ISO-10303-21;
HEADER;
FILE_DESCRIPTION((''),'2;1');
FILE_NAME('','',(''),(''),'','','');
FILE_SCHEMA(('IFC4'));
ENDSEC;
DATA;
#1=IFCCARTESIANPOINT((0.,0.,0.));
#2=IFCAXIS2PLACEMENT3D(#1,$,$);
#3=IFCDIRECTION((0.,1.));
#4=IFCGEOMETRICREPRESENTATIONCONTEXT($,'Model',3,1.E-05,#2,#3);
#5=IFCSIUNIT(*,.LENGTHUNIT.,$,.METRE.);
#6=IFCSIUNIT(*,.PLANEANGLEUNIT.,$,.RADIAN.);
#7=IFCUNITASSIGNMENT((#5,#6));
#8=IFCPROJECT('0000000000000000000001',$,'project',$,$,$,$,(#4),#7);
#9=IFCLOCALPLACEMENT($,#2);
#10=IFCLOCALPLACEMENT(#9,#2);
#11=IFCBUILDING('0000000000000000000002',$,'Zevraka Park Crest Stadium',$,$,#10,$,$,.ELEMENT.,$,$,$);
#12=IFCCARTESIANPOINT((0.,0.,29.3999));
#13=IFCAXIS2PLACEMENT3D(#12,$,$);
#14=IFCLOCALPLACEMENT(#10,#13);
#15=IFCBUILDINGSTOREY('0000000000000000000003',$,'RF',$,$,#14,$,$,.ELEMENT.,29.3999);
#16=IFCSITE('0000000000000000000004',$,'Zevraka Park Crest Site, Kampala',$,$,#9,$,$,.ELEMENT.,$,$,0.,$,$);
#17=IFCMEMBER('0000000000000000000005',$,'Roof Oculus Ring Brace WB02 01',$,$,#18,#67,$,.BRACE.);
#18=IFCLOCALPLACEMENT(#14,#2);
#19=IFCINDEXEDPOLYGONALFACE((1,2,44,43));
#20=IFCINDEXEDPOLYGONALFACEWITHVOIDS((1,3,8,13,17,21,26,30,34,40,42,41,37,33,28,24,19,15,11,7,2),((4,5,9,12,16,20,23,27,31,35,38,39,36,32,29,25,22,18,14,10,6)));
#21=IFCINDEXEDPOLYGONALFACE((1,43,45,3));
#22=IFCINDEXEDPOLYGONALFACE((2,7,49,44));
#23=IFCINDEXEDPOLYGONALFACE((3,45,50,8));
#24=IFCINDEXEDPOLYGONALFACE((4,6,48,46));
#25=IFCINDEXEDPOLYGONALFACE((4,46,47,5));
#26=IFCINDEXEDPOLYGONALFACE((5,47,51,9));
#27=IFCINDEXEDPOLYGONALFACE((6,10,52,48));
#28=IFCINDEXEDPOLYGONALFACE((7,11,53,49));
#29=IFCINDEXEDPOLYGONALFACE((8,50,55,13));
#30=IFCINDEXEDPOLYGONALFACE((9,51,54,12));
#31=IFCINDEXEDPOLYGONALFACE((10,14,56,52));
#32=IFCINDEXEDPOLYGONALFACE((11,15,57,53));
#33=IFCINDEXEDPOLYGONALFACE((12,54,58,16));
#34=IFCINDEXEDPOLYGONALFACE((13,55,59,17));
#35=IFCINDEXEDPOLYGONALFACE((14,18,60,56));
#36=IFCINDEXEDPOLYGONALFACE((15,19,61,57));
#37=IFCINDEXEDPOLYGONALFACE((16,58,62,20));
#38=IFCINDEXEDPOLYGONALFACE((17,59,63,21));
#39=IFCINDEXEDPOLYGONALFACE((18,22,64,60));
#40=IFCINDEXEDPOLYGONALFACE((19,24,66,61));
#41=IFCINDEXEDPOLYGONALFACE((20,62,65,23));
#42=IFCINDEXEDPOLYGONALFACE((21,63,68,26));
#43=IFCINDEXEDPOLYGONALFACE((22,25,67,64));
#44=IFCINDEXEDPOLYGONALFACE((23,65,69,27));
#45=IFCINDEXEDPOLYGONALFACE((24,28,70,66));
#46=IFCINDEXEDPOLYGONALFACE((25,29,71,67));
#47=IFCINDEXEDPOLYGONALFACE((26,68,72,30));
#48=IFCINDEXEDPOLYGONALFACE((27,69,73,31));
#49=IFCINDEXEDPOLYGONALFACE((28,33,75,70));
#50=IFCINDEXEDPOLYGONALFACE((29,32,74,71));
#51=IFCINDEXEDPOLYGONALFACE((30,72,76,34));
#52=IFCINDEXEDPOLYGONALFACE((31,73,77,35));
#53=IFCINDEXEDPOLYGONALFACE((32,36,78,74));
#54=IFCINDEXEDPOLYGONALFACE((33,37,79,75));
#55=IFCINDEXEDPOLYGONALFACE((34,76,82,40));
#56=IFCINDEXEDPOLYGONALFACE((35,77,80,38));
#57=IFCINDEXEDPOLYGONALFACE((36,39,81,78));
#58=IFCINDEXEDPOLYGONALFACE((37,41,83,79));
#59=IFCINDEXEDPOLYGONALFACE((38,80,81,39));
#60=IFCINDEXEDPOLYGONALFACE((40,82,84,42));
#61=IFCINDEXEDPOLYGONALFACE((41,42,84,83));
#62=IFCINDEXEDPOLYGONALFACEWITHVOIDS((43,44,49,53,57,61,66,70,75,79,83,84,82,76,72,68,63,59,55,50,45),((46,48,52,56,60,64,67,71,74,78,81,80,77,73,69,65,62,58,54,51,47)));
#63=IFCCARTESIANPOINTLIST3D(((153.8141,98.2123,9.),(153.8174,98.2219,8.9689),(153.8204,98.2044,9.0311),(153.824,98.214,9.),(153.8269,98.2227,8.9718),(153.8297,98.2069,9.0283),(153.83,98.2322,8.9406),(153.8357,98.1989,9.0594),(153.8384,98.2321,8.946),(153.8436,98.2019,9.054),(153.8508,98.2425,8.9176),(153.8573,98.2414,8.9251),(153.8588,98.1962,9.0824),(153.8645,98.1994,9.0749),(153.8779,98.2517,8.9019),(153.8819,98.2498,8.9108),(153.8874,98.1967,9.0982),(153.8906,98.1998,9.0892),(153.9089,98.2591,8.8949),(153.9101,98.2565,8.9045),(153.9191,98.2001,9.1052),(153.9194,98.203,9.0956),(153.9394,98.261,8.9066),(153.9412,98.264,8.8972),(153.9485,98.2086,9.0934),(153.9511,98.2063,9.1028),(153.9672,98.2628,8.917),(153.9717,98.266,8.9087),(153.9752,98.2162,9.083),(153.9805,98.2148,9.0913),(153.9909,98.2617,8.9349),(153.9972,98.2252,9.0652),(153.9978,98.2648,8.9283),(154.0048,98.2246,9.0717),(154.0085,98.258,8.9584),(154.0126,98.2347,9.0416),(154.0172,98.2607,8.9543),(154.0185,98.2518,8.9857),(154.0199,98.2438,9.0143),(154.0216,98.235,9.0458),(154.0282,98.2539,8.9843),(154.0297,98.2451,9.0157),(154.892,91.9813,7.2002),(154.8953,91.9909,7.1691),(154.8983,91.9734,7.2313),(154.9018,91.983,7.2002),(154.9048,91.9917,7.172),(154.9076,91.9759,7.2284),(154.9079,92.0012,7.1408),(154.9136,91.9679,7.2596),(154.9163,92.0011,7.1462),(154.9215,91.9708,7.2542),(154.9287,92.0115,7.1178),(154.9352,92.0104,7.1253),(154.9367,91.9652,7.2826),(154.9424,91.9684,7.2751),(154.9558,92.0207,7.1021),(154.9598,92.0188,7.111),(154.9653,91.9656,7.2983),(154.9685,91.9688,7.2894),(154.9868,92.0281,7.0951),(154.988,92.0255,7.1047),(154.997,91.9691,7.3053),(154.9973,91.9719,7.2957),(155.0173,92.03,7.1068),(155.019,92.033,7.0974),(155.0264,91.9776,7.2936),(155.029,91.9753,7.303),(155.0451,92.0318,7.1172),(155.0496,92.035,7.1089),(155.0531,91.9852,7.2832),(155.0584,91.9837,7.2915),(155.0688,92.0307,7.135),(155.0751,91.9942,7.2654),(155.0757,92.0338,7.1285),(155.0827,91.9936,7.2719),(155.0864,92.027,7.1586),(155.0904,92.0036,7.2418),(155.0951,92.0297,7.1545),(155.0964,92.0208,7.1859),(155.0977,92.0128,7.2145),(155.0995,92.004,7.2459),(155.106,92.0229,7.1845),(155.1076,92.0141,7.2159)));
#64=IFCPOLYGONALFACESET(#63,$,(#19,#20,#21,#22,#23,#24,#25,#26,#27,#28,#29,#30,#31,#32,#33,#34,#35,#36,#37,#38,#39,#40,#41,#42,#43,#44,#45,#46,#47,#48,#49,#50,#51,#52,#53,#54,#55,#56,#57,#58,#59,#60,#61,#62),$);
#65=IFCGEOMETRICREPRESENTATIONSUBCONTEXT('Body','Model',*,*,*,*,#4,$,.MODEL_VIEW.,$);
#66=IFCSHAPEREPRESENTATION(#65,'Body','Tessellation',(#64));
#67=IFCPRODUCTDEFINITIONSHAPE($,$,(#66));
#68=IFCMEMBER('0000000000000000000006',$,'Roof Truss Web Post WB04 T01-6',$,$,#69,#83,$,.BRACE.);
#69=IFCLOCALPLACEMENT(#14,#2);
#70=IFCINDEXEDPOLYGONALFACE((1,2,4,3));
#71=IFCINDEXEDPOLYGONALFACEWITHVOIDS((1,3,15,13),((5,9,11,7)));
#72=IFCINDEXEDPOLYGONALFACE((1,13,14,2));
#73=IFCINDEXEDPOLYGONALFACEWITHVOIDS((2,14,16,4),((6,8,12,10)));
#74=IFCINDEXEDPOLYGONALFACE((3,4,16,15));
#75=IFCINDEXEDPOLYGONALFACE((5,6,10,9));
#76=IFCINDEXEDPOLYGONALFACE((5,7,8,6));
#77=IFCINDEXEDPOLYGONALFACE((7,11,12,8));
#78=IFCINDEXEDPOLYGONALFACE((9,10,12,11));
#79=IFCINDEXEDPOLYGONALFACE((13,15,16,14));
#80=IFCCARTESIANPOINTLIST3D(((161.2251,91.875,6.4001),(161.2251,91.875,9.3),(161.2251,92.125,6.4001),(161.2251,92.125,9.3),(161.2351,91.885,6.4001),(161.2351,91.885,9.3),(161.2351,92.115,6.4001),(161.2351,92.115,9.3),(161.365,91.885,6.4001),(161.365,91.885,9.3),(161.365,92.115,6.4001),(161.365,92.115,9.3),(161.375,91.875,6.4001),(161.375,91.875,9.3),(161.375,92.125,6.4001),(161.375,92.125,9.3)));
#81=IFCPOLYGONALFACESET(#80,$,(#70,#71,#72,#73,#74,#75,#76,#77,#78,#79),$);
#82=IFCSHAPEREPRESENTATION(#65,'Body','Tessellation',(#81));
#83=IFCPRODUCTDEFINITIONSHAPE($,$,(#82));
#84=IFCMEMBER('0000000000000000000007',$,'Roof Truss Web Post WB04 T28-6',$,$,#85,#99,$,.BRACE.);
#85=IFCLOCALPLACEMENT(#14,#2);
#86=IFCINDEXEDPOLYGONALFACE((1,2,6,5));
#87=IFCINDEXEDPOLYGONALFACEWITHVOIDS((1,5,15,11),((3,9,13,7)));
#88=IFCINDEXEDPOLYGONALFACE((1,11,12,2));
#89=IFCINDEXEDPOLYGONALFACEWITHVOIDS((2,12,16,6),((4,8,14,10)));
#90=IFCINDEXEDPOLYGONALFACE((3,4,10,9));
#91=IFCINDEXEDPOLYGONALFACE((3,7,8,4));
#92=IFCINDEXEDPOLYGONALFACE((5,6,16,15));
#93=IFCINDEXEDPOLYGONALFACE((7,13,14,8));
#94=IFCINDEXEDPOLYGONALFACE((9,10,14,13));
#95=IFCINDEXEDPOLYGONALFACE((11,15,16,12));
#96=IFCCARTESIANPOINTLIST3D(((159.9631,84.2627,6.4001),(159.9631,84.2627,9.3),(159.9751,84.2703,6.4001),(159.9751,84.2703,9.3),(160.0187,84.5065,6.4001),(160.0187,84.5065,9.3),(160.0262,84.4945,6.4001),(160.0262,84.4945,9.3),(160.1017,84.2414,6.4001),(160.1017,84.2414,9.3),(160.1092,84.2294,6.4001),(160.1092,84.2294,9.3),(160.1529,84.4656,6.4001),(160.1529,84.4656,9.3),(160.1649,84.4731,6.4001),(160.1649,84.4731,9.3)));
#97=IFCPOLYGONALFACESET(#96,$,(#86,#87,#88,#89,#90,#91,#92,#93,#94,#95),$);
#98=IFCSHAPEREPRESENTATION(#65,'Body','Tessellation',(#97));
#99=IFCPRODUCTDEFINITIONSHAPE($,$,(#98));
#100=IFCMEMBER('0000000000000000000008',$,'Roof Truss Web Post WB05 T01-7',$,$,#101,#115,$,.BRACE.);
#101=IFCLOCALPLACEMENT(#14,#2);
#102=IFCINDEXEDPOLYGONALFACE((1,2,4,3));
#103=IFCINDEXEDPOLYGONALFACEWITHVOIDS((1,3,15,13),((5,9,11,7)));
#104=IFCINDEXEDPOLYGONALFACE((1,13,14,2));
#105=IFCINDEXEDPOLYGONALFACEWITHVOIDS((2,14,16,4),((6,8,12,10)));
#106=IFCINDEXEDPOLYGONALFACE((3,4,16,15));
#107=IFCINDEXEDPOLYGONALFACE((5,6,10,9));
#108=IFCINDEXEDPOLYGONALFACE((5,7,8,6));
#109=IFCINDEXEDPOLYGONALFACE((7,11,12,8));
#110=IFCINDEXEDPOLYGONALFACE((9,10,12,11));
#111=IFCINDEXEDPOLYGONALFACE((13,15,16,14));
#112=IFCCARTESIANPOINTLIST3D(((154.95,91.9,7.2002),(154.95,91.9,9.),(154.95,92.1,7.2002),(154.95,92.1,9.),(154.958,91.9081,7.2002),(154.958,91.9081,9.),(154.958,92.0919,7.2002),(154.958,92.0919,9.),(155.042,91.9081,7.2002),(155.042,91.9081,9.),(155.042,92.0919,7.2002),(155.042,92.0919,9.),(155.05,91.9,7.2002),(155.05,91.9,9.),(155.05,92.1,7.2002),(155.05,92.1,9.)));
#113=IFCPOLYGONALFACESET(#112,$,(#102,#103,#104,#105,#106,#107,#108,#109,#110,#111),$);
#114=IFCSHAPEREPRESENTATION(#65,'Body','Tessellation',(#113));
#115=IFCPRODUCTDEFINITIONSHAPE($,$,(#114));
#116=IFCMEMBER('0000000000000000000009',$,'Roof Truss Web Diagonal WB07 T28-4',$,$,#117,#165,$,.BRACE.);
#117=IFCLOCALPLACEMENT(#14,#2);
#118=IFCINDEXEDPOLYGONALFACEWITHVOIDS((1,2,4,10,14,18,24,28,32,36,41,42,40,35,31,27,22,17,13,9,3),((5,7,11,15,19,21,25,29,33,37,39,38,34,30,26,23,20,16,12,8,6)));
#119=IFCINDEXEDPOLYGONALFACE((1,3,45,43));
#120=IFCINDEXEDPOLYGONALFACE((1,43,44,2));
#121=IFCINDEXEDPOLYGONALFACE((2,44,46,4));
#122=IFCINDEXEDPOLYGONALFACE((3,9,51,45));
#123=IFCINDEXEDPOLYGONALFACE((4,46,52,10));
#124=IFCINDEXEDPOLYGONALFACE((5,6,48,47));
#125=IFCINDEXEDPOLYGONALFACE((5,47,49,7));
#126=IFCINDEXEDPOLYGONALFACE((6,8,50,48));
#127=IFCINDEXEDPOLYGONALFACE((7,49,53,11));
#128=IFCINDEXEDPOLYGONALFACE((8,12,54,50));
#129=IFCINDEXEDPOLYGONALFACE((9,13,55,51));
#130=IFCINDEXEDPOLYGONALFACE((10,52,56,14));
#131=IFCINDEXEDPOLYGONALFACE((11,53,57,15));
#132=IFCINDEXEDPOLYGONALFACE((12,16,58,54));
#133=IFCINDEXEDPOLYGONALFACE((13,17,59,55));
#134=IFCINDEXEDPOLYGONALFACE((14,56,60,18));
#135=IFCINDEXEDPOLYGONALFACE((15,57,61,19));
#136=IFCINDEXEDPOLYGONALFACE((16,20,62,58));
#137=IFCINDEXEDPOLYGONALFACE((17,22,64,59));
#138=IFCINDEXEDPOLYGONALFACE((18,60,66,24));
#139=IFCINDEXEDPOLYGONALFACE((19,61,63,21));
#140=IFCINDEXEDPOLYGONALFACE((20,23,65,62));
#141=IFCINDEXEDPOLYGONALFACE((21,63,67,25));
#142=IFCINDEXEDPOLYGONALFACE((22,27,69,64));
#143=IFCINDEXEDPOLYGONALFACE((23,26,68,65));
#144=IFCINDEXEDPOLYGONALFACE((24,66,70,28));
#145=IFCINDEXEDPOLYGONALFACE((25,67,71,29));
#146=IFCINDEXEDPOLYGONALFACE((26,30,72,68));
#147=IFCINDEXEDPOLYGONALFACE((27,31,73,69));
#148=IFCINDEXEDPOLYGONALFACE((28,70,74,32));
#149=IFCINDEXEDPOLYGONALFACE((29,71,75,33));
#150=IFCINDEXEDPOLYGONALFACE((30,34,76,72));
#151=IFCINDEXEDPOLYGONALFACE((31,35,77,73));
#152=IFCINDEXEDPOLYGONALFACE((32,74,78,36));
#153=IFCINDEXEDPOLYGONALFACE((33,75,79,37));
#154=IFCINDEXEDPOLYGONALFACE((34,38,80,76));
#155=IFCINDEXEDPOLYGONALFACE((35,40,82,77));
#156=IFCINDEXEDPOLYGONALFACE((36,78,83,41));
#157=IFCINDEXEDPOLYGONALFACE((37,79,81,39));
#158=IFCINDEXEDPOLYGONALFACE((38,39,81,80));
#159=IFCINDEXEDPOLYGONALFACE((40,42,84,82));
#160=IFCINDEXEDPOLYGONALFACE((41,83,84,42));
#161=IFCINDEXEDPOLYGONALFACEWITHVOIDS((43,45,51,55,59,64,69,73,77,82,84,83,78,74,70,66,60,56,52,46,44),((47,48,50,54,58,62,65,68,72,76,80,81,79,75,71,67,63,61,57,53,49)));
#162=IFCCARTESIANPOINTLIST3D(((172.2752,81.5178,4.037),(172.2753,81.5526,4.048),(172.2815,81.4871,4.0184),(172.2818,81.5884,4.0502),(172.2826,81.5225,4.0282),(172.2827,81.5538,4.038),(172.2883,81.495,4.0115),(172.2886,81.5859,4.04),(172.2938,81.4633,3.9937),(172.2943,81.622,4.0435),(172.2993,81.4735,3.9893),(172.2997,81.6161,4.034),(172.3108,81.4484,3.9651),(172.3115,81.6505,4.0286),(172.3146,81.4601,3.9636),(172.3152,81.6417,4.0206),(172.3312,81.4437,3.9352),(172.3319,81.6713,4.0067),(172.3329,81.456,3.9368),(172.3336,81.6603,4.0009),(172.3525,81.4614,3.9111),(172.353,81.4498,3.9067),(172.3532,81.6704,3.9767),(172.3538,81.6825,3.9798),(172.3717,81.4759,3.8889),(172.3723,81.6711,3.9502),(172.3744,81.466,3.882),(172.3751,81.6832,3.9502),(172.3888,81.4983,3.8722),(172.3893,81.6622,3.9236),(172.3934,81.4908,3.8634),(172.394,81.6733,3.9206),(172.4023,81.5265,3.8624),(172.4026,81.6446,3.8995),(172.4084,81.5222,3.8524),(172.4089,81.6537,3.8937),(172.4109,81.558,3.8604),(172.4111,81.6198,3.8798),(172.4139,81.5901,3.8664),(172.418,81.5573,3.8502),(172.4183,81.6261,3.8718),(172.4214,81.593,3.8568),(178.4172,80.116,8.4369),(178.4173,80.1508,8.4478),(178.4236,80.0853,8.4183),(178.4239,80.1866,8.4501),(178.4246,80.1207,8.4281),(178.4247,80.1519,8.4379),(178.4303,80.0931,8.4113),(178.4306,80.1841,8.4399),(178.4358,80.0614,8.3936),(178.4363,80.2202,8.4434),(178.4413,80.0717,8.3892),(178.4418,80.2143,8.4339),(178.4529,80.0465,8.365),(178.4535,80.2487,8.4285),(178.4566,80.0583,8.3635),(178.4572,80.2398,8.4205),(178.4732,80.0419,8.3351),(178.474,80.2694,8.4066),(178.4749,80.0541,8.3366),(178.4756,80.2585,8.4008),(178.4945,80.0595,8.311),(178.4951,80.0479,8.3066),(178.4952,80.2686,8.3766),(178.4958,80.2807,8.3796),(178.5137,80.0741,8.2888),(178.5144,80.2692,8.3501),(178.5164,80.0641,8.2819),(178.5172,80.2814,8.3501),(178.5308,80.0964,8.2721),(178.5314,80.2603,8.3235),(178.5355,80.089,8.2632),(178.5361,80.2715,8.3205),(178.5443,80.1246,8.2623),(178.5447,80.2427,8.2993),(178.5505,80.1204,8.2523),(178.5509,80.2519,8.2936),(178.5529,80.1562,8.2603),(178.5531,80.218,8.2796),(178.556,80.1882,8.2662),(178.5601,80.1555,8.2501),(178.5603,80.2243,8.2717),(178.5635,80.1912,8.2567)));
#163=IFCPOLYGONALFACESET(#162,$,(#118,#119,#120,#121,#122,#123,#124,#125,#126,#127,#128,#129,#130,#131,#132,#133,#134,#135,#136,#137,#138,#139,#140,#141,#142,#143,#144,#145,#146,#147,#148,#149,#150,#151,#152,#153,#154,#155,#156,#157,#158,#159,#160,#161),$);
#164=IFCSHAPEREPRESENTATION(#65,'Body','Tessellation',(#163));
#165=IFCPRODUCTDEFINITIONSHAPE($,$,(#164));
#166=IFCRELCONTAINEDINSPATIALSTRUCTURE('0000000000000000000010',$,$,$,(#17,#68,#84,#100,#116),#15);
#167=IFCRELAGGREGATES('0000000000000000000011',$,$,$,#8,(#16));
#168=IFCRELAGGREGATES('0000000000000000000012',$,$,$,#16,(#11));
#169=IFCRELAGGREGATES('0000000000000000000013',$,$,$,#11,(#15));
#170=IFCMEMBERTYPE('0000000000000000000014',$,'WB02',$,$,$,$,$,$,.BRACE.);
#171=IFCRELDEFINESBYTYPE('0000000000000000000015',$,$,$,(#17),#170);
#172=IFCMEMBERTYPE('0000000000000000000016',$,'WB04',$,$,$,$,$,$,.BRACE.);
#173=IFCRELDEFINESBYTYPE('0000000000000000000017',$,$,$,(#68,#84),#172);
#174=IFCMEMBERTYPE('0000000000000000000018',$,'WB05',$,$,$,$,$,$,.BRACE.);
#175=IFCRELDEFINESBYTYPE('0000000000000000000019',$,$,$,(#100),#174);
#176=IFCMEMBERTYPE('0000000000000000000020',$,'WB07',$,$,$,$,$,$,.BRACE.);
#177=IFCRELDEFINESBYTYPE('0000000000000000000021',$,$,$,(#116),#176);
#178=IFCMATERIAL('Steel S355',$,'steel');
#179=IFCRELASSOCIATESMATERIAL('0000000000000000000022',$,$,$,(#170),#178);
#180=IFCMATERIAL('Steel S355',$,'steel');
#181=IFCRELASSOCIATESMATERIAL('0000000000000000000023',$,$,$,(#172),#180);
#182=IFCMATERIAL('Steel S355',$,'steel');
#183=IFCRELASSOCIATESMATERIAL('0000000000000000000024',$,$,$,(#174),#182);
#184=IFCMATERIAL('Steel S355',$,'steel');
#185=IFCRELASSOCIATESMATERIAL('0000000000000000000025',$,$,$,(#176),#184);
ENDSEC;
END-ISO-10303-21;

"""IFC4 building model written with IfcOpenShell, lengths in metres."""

from ifc_helpers import new_model, si_unit, direction, frame, origin, origin_2d, place, context, subcontext, project, spatial, hollow_rectangle, hollow_circle, extrude, material, material_profile, profile_set, type_object, element, save


model = new_model("IFC4")

# Units and contexts
model_context = context("Model", 3, precision=1e-05, world=origin(), true_north=direction((0.0, 1.0)))
body_context = subcontext(model_context, "Body", "Model", "MODEL_VIEW")
ifc_project = project(units=[si_unit("LENGTHUNIT", "METRE"), si_unit("PLANEANGLEUNIT", "RADIAN")], contexts=[model_context])

# Site, building, storey
site_placement = place(None, origin())
site = spatial("IfcSite", under=ifc_project, at=site_placement, Name="Zevraka Park Crest Site, Kampala", CompositionType="ELEMENT", RefElevation=0.0)
building_placement = place(site_placement, origin())
building = spatial("IfcBuilding", under=site, at=building_placement, Name="Zevraka Park Crest Stadium", CompositionType="ELEMENT")
storey_placement = place(building_placement, frame((0.0, 0.0, 29.3999)))
storey = spatial("IfcBuildingStorey", under=building, at=storey_placement, Name="RF", CompositionType="ELEMENT", Elevation=29.3999)

# Members
ifc_material_1 = material(Name="Steel S355", Category="steel")
ifc_material_profile_1 = material_profile(ifc_material_1, hollow_circle(Radius=0.1096, WallThickness=0.01, at=origin_2d()), Name="CHS 219.1x10")
ifc_profile_set_1 = profile_set([ifc_material_profile_1], Name="Steel S355")
member_type_1 = type_object("IfcMemberType", Name="WB02", PredefinedType="BRACE", material=ifc_profile_set_1)
member_1_placement = place(storey_placement, frame((155.0, 92.0, 7.2002), z_axis=(-0.163945, 0.947725, 0.273749), x_axis=(-0.985365, -0.170456, 0.0)))
element("IfcMember", 1, at=member_1_placement, inside=storey, type_object=member_type_1, Name="Roof Oculus Ring Brace WB02 01", PredefinedType="BRACE", context=body_context, shape_type="SweptSolid", body=[
    extrude(hollow_circle(Radius=0.1096, WallThickness=0.01, at=origin_2d()), origin(), (0.0, 0.0, 1.0), 6.5747),
])
ifc_material_2 = material(Name="Steel S355", Category="steel")
ifc_material_profile_2 = material_profile(ifc_material_2, hollow_rectangle(XDim=0.1499, YDim=0.25, WallThickness=0.01, at=origin_2d()), Name="RHS 250x150x10")
ifc_profile_set_2 = profile_set([ifc_material_profile_2], Name="Steel S355")
member_type_2 = type_object("IfcMemberType", Name="WB04", PredefinedType="BRACE", material=ifc_profile_set_2)
for number, where, z_axis, x_axis, name in (
    (2, (161.3, 92.0, 6.4001), (0.0, 0.0, 1.0), (1.0, 0.0, 0.0), "Roof Truss Web Post WB04 T01-6"),
    (3, (160.064, 84.3679, 6.4001), (0.0, 0.0, 1.0), (-0.974917, 0.22257, 0.0), "Roof Truss Web Post WB04 T28-6"),
):
    element("IfcMember", number, at=place(storey_placement, frame(where, z_axis=z_axis, x_axis=x_axis)), inside=storey, type_object=member_type_2, Name=name, PredefinedType="BRACE", context=body_context, shape_type="SweptSolid", body=[
        extrude(hollow_rectangle(XDim=0.1499, YDim=0.25, WallThickness=0.01, at=origin_2d()), origin(), (0.0, 0.0, 1.0), 2.8999),
    ])
ifc_material_3 = material(Name="Steel S355", Category="steel")
ifc_material_profile_3 = material_profile(ifc_material_3, hollow_rectangle(XDim=0.1001, YDim=0.2, WallThickness=0.0081, at=origin_2d()), Name="RHS 200x100x8")
ifc_profile_set_3 = profile_set([ifc_material_profile_3], Name="Steel S355")
member_type_3 = type_object("IfcMemberType", Name="WB05", PredefinedType="BRACE", material=ifc_profile_set_3)
member_2_placement = place(storey_placement, frame((155.0, 92.0, 7.2002), z_axis=(0.0, 0.0, 1.0), x_axis=(1.0, 0.0, 0.0)))
element("IfcMember", 4, at=member_2_placement, inside=storey, type_object=member_type_3, Name="Roof Truss Web Post WB05 T01-7", PredefinedType="BRACE", context=body_context, shape_type="SweptSolid", body=[
    extrude(hollow_rectangle(XDim=0.1001, YDim=0.2, WallThickness=0.0081, at=origin_2d()), origin(), (0.0, 0.0, 1.0), 1.7998),
])
ifc_material_4 = material(Name="Steel S355", Category="steel")
ifc_material_profile_4 = material_profile(ifc_material_4, hollow_circle(Radius=0.1223, WallThickness=0.0125, at=origin_2d()), Name="CHS 244.5x12.5")
ifc_profile_set_4 = profile_set([ifc_material_profile_4], Name="Steel S355")
member_type_4 = type_object("IfcMemberType", Name="WB07", PredefinedType="BRACE", material=ifc_profile_set_4)
member_3_placement = place(storey_placement, frame((172.3479, 81.564, 3.9502), z_axis=(0.799296, -0.182429, 0.572578), x_axis=(0.222515, 0.974929, 0.0)))
element("IfcMember", 5, at=member_3_placement, inside=storey, type_object=member_type_4, Name="Roof Truss Web Diagonal WB07 T28-4", PredefinedType="BRACE", context=body_context, shape_type="SweptSolid", body=[
    extrude(hollow_circle(Radius=0.1223, WallThickness=0.0125, at=origin_2d()), origin(), (0.0, 0.0, 1.0), 7.6843),
])

save(model, "model.ifc")
